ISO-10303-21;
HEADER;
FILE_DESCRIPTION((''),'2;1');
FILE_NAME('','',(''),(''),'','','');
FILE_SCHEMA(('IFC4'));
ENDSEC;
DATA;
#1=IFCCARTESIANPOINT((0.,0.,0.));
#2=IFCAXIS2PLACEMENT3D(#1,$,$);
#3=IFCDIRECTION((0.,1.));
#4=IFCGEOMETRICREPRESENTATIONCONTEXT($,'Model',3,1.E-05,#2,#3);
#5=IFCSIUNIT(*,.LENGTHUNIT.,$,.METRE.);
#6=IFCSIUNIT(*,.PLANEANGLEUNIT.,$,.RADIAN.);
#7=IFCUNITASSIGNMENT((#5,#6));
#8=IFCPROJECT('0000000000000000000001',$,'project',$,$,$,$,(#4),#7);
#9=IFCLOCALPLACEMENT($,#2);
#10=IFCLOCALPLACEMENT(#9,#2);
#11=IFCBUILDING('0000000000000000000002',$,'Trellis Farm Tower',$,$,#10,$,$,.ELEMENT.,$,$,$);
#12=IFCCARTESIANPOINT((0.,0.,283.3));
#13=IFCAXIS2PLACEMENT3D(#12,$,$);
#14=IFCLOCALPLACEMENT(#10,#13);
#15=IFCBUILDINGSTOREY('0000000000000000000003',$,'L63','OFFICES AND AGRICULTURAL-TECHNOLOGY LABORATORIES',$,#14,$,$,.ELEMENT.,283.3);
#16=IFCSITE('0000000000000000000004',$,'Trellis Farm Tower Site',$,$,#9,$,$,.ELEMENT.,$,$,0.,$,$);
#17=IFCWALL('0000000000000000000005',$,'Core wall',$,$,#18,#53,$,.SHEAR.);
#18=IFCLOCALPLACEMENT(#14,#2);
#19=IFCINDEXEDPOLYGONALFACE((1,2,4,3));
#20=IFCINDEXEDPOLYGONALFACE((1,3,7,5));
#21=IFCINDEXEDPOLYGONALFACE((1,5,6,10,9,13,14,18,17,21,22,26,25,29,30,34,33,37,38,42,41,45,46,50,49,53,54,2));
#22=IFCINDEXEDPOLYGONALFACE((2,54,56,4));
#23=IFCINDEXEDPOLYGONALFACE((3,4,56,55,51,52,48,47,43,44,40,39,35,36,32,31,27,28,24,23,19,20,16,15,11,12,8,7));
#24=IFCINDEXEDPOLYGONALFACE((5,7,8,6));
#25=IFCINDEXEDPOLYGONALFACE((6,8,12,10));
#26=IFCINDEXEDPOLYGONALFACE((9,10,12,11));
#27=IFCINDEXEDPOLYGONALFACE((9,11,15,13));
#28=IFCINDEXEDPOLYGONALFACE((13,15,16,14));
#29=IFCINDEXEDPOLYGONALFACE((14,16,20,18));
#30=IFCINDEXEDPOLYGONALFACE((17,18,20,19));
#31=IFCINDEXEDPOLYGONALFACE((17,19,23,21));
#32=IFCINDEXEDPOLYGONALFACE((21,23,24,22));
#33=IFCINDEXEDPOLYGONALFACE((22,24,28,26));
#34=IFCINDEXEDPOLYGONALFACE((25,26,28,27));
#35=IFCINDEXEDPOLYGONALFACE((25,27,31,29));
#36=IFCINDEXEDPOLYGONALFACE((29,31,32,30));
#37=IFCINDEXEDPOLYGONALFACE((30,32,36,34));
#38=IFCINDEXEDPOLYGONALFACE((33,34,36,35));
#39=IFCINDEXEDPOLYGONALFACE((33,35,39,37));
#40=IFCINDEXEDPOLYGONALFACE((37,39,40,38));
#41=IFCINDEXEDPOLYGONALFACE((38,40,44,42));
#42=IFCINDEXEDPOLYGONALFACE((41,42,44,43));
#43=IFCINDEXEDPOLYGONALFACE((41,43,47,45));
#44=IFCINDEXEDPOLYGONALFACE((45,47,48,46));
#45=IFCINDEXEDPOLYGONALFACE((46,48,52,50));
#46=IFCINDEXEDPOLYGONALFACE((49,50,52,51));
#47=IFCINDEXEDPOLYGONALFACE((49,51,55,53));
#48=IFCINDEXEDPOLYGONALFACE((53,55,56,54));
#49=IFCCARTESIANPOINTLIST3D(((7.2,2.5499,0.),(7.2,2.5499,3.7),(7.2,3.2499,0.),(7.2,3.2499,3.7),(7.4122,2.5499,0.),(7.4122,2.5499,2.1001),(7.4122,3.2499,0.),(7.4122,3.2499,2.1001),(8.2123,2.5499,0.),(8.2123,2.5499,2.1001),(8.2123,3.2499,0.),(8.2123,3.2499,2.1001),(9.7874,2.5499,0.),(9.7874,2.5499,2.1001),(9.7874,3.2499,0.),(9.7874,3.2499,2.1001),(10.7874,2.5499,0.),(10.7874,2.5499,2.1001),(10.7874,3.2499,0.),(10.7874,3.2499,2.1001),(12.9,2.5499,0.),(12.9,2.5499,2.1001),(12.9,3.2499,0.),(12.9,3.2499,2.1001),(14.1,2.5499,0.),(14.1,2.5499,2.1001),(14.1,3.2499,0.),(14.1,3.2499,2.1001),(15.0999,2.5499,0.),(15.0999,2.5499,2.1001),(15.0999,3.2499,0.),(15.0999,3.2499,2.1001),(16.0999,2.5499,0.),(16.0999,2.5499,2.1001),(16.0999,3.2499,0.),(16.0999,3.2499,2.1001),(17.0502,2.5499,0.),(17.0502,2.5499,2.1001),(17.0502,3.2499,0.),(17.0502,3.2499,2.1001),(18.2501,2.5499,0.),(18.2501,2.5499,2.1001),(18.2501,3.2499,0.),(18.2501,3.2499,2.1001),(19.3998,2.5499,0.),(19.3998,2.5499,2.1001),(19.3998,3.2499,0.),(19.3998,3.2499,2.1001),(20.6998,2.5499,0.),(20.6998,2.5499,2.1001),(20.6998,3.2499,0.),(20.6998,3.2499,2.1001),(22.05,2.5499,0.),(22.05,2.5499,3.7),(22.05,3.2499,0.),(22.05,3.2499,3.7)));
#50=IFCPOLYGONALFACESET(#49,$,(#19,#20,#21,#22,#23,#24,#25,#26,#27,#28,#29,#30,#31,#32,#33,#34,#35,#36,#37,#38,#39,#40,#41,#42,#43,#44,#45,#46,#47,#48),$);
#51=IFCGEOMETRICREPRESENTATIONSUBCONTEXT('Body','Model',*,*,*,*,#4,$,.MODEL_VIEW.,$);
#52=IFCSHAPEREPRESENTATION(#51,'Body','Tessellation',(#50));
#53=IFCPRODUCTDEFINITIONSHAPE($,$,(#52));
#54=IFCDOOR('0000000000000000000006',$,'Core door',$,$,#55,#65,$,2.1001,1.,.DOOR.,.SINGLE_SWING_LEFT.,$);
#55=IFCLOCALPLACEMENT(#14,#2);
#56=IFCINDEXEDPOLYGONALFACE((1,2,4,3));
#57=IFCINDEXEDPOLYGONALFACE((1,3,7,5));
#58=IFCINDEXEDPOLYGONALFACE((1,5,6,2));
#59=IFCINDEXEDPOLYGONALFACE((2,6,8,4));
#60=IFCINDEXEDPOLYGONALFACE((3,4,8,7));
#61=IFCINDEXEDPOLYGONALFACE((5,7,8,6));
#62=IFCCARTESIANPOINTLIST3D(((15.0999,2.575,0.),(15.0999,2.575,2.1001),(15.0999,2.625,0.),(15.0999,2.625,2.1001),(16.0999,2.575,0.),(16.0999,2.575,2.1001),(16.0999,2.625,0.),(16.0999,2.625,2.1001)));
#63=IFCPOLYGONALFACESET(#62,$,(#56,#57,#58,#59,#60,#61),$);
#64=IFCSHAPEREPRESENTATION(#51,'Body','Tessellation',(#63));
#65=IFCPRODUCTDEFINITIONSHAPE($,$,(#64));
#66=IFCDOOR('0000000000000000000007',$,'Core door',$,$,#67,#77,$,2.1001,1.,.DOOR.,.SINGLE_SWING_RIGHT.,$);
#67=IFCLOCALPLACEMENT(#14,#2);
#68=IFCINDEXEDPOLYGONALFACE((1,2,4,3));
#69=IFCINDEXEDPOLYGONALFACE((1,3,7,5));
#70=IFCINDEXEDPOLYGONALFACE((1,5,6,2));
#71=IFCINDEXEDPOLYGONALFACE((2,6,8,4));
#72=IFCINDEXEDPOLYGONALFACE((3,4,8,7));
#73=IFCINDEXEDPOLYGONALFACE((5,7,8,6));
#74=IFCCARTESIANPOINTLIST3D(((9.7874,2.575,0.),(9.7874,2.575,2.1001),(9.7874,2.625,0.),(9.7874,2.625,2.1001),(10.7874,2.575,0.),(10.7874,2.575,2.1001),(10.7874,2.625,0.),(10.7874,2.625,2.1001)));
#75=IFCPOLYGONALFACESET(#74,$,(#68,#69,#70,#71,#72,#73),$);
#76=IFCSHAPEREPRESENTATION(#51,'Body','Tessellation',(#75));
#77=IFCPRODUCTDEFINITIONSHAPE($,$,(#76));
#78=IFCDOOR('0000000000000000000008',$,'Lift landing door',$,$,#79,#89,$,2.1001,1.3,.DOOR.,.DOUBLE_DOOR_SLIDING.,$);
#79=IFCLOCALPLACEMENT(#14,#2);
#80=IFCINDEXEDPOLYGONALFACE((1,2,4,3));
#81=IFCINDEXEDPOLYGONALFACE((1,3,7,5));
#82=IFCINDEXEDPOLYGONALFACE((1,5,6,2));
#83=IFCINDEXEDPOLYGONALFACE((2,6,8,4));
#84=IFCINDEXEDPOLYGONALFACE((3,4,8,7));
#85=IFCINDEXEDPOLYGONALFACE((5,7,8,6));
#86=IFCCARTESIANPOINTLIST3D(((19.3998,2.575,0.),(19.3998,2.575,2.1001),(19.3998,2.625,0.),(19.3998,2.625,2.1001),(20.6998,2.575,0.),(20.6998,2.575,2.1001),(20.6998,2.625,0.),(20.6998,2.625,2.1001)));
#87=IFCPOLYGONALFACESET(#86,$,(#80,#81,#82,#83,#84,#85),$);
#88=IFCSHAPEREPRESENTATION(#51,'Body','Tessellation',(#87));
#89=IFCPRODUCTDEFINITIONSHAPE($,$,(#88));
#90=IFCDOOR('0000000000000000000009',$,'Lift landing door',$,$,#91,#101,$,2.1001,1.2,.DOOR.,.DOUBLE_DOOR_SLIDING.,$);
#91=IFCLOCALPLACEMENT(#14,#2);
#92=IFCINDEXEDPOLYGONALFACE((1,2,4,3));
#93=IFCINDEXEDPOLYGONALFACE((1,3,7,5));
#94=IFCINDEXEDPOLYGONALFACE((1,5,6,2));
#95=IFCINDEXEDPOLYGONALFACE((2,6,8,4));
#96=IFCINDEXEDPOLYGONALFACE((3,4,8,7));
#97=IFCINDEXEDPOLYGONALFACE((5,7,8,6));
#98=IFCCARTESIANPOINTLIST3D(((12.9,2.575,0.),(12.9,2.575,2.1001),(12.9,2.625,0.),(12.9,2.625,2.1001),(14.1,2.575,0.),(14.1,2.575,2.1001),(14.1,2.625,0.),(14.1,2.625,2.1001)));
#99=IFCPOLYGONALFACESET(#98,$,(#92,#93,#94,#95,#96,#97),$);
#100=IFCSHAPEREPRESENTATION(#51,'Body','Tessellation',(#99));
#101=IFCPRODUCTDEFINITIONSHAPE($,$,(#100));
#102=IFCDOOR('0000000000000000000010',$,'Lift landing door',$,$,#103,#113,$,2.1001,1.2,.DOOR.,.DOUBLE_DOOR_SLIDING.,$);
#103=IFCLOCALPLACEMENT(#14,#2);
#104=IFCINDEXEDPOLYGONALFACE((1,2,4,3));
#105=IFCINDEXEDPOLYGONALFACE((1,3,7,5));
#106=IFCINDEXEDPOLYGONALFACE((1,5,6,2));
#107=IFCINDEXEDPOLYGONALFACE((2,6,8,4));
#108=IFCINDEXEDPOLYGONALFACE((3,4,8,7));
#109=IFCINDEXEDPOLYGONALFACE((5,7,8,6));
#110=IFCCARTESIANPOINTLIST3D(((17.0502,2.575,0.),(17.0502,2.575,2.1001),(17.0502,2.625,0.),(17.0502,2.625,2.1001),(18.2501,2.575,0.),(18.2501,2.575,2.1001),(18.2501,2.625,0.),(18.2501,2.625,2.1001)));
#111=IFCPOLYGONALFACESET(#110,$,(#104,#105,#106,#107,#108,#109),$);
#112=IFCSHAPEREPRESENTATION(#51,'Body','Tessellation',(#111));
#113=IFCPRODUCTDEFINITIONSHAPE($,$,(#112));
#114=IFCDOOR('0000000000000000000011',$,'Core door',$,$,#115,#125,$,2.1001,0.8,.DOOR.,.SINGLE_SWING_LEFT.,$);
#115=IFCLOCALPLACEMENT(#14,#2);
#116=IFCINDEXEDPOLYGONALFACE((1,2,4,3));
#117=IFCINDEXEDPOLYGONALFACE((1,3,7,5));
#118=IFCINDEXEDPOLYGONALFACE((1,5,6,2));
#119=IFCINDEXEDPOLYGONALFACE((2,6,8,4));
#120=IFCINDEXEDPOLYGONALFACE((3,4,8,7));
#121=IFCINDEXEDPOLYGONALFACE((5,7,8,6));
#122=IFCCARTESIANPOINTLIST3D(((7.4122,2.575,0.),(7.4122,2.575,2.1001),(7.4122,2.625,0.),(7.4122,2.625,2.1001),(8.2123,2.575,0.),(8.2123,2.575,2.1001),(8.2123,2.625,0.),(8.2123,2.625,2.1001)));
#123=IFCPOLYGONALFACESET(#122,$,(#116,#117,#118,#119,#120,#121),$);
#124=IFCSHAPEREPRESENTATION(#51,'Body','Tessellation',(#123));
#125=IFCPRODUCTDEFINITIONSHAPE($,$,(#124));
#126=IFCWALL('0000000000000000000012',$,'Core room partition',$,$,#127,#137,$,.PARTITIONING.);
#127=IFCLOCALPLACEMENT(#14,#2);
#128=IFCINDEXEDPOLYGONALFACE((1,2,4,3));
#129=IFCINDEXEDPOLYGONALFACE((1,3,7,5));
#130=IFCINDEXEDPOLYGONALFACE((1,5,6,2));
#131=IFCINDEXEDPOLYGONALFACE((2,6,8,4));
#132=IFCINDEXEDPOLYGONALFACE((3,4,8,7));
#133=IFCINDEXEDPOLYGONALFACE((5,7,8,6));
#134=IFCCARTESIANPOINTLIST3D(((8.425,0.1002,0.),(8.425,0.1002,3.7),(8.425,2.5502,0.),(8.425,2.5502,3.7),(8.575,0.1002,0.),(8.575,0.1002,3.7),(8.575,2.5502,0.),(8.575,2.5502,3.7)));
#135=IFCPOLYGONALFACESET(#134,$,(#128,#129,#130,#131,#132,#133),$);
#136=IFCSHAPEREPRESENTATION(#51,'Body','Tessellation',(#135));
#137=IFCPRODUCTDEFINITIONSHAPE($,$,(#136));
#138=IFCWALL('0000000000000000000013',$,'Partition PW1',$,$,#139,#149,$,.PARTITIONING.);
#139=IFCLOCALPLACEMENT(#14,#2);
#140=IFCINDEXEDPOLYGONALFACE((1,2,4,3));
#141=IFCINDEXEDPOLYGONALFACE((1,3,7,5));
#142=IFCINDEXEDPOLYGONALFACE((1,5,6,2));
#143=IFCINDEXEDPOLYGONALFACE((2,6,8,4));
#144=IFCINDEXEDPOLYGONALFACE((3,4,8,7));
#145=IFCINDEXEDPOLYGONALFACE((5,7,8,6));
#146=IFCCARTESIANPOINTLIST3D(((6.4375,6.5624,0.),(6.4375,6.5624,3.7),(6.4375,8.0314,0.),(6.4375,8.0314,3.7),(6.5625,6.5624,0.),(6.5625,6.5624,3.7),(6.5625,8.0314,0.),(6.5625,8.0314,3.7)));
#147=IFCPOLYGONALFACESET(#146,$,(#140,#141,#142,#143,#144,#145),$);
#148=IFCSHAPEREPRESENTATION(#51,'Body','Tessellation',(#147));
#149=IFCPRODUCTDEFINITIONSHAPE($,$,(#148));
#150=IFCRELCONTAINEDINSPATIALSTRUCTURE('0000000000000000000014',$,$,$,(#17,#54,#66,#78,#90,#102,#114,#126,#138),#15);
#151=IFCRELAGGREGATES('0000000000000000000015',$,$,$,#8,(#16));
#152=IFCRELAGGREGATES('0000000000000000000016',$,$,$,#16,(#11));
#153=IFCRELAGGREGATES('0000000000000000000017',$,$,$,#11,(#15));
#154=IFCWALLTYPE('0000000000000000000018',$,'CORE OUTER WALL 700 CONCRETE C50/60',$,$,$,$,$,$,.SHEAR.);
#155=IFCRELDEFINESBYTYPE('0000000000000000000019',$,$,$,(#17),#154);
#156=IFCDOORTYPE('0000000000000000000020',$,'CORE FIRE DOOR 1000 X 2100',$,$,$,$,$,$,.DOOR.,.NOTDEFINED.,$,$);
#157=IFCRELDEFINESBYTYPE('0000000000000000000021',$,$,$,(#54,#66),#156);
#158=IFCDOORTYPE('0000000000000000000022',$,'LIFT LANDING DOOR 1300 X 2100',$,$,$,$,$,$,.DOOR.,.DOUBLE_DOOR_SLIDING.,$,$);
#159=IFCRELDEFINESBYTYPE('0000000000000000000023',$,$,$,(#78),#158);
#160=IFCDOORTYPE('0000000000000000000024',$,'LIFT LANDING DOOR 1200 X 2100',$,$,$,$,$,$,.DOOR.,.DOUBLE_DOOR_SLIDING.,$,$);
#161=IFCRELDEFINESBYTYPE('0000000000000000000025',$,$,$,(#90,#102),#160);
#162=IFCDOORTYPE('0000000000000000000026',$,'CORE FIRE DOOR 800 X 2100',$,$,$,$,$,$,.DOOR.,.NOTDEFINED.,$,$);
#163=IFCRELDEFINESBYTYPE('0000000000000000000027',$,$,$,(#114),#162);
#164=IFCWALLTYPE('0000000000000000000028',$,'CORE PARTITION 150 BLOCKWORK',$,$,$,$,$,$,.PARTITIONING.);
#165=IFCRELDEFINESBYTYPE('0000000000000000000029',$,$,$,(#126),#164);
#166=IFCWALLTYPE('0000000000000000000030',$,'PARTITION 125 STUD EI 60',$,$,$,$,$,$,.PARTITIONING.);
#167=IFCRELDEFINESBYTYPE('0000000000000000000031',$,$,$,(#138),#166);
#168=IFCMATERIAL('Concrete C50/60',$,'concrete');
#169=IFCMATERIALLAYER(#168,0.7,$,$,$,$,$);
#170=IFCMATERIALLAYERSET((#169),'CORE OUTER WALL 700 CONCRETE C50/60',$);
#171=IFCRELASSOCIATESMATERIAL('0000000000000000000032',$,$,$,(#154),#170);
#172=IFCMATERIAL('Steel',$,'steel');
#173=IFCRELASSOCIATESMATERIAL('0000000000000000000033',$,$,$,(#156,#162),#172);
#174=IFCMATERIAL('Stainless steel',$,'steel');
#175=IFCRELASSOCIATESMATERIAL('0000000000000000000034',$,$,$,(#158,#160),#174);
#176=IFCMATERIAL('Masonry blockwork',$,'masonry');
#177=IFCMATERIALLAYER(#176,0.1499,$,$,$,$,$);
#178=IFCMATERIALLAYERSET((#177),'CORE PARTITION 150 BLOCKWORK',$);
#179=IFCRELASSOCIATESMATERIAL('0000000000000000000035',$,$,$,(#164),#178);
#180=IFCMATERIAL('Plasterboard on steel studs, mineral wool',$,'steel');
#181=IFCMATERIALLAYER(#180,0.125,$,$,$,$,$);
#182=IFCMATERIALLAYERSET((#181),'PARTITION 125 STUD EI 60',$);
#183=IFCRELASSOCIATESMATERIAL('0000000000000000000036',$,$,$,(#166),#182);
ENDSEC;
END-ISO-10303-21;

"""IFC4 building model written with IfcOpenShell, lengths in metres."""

from ifc_helpers import new_model, si_unit, direction, frame, frame_2d, origin, place, context, subcontext, project, spatial, rectangle, extrude, source, transform, mapped, material, layer, layer_set, type_object, element, fill, save


model = new_model("IFC4")

# Units and contexts
model_context = context("Model", 3, precision=1e-05, world=origin(), true_north=direction((0.0, 1.0)))
body_context = subcontext(model_context, "Body", "Model", "MODEL_VIEW")
ifc_project = project(units=[si_unit("LENGTHUNIT", "METRE"), si_unit("PLANEANGLEUNIT", "RADIAN")], contexts=[model_context])

# Site, building, storey
site_placement = place(None, origin())
site = spatial("IfcSite", under=ifc_project, at=site_placement, Name="Trellis Farm Tower Site", CompositionType="ELEMENT", RefElevation=0.0)
building_placement = place(site_placement, origin())
building = spatial("IfcBuilding", under=site, at=building_placement, Name="Trellis Farm Tower", CompositionType="ELEMENT")
storey_placement = place(building_placement, frame((0.0, 0.0, 283.3)))
storey = spatial("IfcBuildingStorey", under=building, at=storey_placement, Name="L63", Description="OFFICES AND AGRICULTURAL-TECHNOLOGY LABORATORIES", CompositionType="ELEMENT", Elevation=283.3)

# Wall, openings, doors
ifc_material_1 = material(Name="Concrete C50/60", Category="concrete")
ifc_layer_1 = layer(ifc_material_1, 0.7)
ifc_layer_set_1 = layer_set([ifc_layer_1], Name="CORE OUTER WALL 700 CONCRETE C50/60")
wall_type_1 = type_object("IfcWallType", Name="CORE OUTER WALL 700 CONCRETE C50/60", PredefinedType="SHEAR", material=ifc_layer_set_1)
shared_shape_1 = source(origin(), body_context, "Body", "SweptSolid", [
    extrude(rectangle(XDim=14.8501, YDim=0.7, at=frame_2d((7.425, 0.0))), origin(), (0.0, 0.0, 1.0), 3.7),
])
wall_1_placement = place(storey_placement, frame((7.2, 2.8999, 0.0), z_axis=(0.0, 0.0, 1.0), x_axis=(1.0, 0.0, 0.0)))
wall_1 = element("IfcWall", 1, at=wall_1_placement, inside=storey, type_object=wall_type_1, Name="Core wall", PredefinedType="SHEAR", context=body_context, shape_type="MappedRepresentation", body=[
    mapped(shared_shape_1, transform((0.0, 0.0, 0.0))),
])
shared_shape_2 = source(origin(), body_context, "Body", "SweptSolid", [
    extrude(rectangle(XDim=1.2, YDim=2.1001, at=frame_2d((0.6001, 1.05))), frame((0.0, 0.3601, 0.0), z_axis=(0.0, -1.0, 0.0), x_axis=(1.0, 0.0, 0.0)), (0.0, 0.0, 1.0), 0.7202),
])
opening_1_placement = place(wall_1_placement, frame((5.7, 0.0, 0.0)))
opening_1 = element("IfcOpeningElement", 2, at=opening_1_placement, cuts=wall_1, PredefinedType="OPENING", context=body_context, shape_type="MappedRepresentation", body=[
    mapped(shared_shape_2, transform((0.0, 0.0, 0.0))),
])
shared_shape_3 = source(origin(), body_context, "Body", "SweptSolid", [
    extrude(rectangle(XDim=1.3, YDim=2.1001, at=frame_2d((0.6499, 1.05))), frame((0.0, 0.3601, 0.0), z_axis=(0.0, -1.0, 0.0), x_axis=(1.0, 0.0, 0.0)), (0.0, 0.0, 1.0), 0.7202),
])
opening_2_placement = place(wall_1_placement, frame((12.2, 0.0, 0.0)))
opening_2 = element("IfcOpeningElement", 3, at=opening_2_placement, cuts=wall_1, PredefinedType="OPENING", context=body_context, shape_type="MappedRepresentation", body=[
    mapped(shared_shape_3, transform((0.0, 0.0, 0.0))),
])
opening_3_placement = place(wall_1_placement, frame((9.8501, 0.0, 0.0)))
opening_3 = element("IfcOpeningElement", 4, at=opening_3_placement, cuts=wall_1, PredefinedType="OPENING", context=body_context, shape_type="MappedRepresentation", body=[
    mapped(shared_shape_2, transform((0.0, 0.0, 0.0))),
])
shared_shape_4 = source(origin(), body_context, "Body", "SweptSolid", [
    extrude(rectangle(XDim=1.0, YDim=2.1001, at=frame_2d((0.5, 1.05))), frame((0.0, 0.3601, 0.0), z_axis=(0.0, -1.0, 0.0), x_axis=(1.0, 0.0, 0.0)), (0.0, 0.0, 1.0), 0.7202),
])
opening_4_placement = place(wall_1_placement, frame((7.8999, 0.0, 0.0)))
opening_4 = element("IfcOpeningElement", 5, at=opening_4_placement, cuts=wall_1, PredefinedType="OPENING", context=body_context, shape_type="MappedRepresentation", body=[
    mapped(shared_shape_4, transform((0.0, 0.0, 0.0))),
])
shared_shape_5 = source(origin(), body_context, "Body", "SweptSolid", [
    extrude(rectangle(XDim=0.8, YDim=2.1001, at=frame_2d((0.3999, 1.05))), frame((0.0, 0.3601, 0.0), z_axis=(0.0, -1.0, 0.0), x_axis=(1.0, 0.0, 0.0)), (0.0, 0.0, 1.0), 0.7202),
])
opening_5_placement = place(wall_1_placement, frame((0.2124, 0.0, 0.0)))
opening_5 = element("IfcOpeningElement", 6, at=opening_5_placement, cuts=wall_1, PredefinedType="OPENING", context=body_context, shape_type="MappedRepresentation", body=[
    mapped(shared_shape_5, transform((0.0, 0.0, 0.0))),
])
opening_6_placement = place(wall_1_placement, frame((2.5874, 0.0, 0.0)))
opening_6 = element("IfcOpeningElement", 7, at=opening_6_placement, cuts=wall_1, PredefinedType="OPENING", context=body_context, shape_type="MappedRepresentation", body=[
    mapped(shared_shape_4, transform((0.0, 0.0, 0.0))),
])
ifc_material_2 = material(Name="Steel", Category="steel")
door_type_1 = type_object("IfcDoorType", Name="CORE FIRE DOOR 1000 X 2100", OperationType="NOTDEFINED", PredefinedType="DOOR", material=ifc_material_2)
shared_shape_6 = source(origin(), body_context, "Body", "SweptSolid", [
    extrude(rectangle(XDim=1.0, YDim=2.1001, at=frame_2d((0.5, 1.05))), frame((0.0, -0.2749, 0.0), z_axis=(0.0, -1.0, 0.0), x_axis=(1.0, 0.0, 0.0)), (0.0, 0.0, 1.0), 0.05),
])
door_1_placement = place(opening_4_placement, origin())
door_1 = element("IfcDoor", 8, at=door_1_placement, inside=storey, type_object=door_type_1, Name="Core door", OperationType="SINGLE_SWING_LEFT", OverallHeight=2.1001, OverallWidth=1.0, PredefinedType="DOOR", context=body_context, shape_type="MappedRepresentation", body=[
    mapped(shared_shape_6, transform((0.0, 0.0, 0.0))),
])
fill(opening_4, door_1)
door_2_placement = place(opening_6_placement, origin())
door_2 = element("IfcDoor", 9, at=door_2_placement, inside=storey, type_object=door_type_1, Name="Core door", OperationType="SINGLE_SWING_RIGHT", OverallHeight=2.1001, OverallWidth=1.0, PredefinedType="DOOR", context=body_context, shape_type="MappedRepresentation", body=[
    mapped(shared_shape_6, transform((0.0, 0.0, 0.0))),
])
fill(opening_6, door_2)
ifc_material_3 = material(Name="Stainless steel", Category="steel")
door_type_2 = type_object("IfcDoorType", Name="LIFT LANDING DOOR 1300 X 2100", OperationType="DOUBLE_DOOR_SLIDING", PredefinedType="DOOR", material=ifc_material_3)
shared_shape_7 = source(origin(), body_context, "Body", "SweptSolid", [
    extrude(rectangle(XDim=1.3, YDim=2.1001, at=frame_2d((0.6499, 1.05))), frame((0.0, -0.2749, 0.0), z_axis=(0.0, -1.0, 0.0), x_axis=(1.0, 0.0, 0.0)), (0.0, 0.0, 1.0), 0.05),
])
door_3_placement = place(opening_2_placement, origin())
door_3 = element("IfcDoor", 10, at=door_3_placement, inside=storey, type_object=door_type_2, Name="Lift landing door", OperationType="DOUBLE_DOOR_SLIDING", OverallHeight=2.1001, OverallWidth=1.3, PredefinedType="DOOR", context=body_context, shape_type="MappedRepresentation", body=[
    mapped(shared_shape_7, transform((0.0, 0.0, 0.0))),
])
fill(opening_2, door_3)
door_type_3 = type_object("IfcDoorType", Name="LIFT LANDING DOOR 1200 X 2100", OperationType="DOUBLE_DOOR_SLIDING", PredefinedType="DOOR", material=ifc_material_3)
shared_shape_8 = source(origin(), body_context, "Body", "SweptSolid", [
    extrude(rectangle(XDim=1.2, YDim=2.1001, at=frame_2d((0.6001, 1.05))), frame((0.0, -0.2749, 0.0), z_axis=(0.0, -1.0, 0.0), x_axis=(1.0, 0.0, 0.0)), (0.0, 0.0, 1.0), 0.05),
])
door_4_placement = place(opening_1_placement, origin())
door_4 = element("IfcDoor", 11, at=door_4_placement, inside=storey, type_object=door_type_3, Name="Lift landing door", OperationType="DOUBLE_DOOR_SLIDING", OverallHeight=2.1001, OverallWidth=1.2, PredefinedType="DOOR", context=body_context, shape_type="MappedRepresentation", body=[
    mapped(shared_shape_8, transform((0.0, 0.0, 0.0))),
])
fill(opening_1, door_4)
door_5_placement = place(opening_3_placement, origin())
door_5 = element("IfcDoor", 12, at=door_5_placement, inside=storey, type_object=door_type_3, Name="Lift landing door", OperationType="DOUBLE_DOOR_SLIDING", OverallHeight=2.1001, OverallWidth=1.2, PredefinedType="DOOR", context=body_context, shape_type="MappedRepresentation", body=[
    mapped(shared_shape_8, transform((0.0, 0.0, 0.0))),
])
fill(opening_3, door_5)
door_type_4 = type_object("IfcDoorType", Name="CORE FIRE DOOR 800 X 2100", OperationType="NOTDEFINED", PredefinedType="DOOR", material=ifc_material_2)
shared_shape_9 = source(origin(), body_context, "Body", "SweptSolid", [
    extrude(rectangle(XDim=0.8, YDim=2.1001, at=frame_2d((0.3999, 1.05))), frame((0.0, -0.2749, 0.0), z_axis=(0.0, -1.0, 0.0), x_axis=(1.0, 0.0, 0.0)), (0.0, 0.0, 1.0), 0.05),
])
door_6_placement = place(opening_5_placement, origin())
door_6 = element("IfcDoor", 13, at=door_6_placement, inside=storey, type_object=door_type_4, Name="Core door", OperationType="SINGLE_SWING_LEFT", OverallHeight=2.1001, OverallWidth=0.8, PredefinedType="DOOR", context=body_context, shape_type="MappedRepresentation", body=[
    mapped(shared_shape_9, transform((0.0, 0.0, 0.0))),
])
fill(opening_5, door_6)

# Walls
ifc_material_4 = material(Name="Masonry blockwork", Category="masonry")
ifc_layer_2 = layer(ifc_material_4, 0.1499)
ifc_layer_set_2 = layer_set([ifc_layer_2], Name="CORE PARTITION 150 BLOCKWORK")
wall_type_2 = type_object("IfcWallType", Name="CORE PARTITION 150 BLOCKWORK", PredefinedType="PARTITIONING", material=ifc_layer_set_2)
shared_shape_10 = source(origin(), body_context, "Body", "SweptSolid", [
    extrude(rectangle(XDim=2.45, YDim=0.1499, at=frame_2d((1.2251, 0.0))), origin(), (0.0, 0.0, 1.0), 3.7),
])
wall_2_placement = place(storey_placement, frame((8.5, 0.1001, 0.0), z_axis=(0.0, 0.0, 1.0), x_axis=(0.0, 1.0, 0.0)))
element("IfcWall", 14, at=wall_2_placement, inside=storey, type_object=wall_type_2, Name="Core room partition", PredefinedType="PARTITIONING", context=body_context, shape_type="MappedRepresentation", body=[
    mapped(shared_shape_10, transform((0.0, 0.0, 0.0))),
])
ifc_material_5 = material(Name="Plasterboard on steel studs, mineral wool", Category="steel")
ifc_layer_3 = layer(ifc_material_5, 0.125)
ifc_layer_set_3 = layer_set([ifc_layer_3], Name="PARTITION 125 STUD EI 60")
wall_type_3 = type_object("IfcWallType", Name="PARTITION 125 STUD EI 60", PredefinedType="PARTITIONING", material=ifc_layer_set_3)
shared_shape_11 = source(origin(), body_context, "Body", "SweptSolid", [
    extrude(rectangle(XDim=1.469, YDim=0.125, at=frame_2d((0.7344, 0.0))), origin(), (0.0, 0.0, 1.0), 3.7),
])
wall_3_placement = place(storey_placement, frame((6.5, 6.5625, 0.0), z_axis=(0.0, 0.0, 1.0), x_axis=(0.0, 1.0, 0.0)))
element("IfcWall", 15, at=wall_3_placement, inside=storey, type_object=wall_type_3, Name="Partition PW1", PredefinedType="PARTITIONING", context=body_context, shape_type="MappedRepresentation", body=[
    mapped(shared_shape_11, transform((0.0, 0.0, 0.0))),
])

save(model, "model.ifc")
